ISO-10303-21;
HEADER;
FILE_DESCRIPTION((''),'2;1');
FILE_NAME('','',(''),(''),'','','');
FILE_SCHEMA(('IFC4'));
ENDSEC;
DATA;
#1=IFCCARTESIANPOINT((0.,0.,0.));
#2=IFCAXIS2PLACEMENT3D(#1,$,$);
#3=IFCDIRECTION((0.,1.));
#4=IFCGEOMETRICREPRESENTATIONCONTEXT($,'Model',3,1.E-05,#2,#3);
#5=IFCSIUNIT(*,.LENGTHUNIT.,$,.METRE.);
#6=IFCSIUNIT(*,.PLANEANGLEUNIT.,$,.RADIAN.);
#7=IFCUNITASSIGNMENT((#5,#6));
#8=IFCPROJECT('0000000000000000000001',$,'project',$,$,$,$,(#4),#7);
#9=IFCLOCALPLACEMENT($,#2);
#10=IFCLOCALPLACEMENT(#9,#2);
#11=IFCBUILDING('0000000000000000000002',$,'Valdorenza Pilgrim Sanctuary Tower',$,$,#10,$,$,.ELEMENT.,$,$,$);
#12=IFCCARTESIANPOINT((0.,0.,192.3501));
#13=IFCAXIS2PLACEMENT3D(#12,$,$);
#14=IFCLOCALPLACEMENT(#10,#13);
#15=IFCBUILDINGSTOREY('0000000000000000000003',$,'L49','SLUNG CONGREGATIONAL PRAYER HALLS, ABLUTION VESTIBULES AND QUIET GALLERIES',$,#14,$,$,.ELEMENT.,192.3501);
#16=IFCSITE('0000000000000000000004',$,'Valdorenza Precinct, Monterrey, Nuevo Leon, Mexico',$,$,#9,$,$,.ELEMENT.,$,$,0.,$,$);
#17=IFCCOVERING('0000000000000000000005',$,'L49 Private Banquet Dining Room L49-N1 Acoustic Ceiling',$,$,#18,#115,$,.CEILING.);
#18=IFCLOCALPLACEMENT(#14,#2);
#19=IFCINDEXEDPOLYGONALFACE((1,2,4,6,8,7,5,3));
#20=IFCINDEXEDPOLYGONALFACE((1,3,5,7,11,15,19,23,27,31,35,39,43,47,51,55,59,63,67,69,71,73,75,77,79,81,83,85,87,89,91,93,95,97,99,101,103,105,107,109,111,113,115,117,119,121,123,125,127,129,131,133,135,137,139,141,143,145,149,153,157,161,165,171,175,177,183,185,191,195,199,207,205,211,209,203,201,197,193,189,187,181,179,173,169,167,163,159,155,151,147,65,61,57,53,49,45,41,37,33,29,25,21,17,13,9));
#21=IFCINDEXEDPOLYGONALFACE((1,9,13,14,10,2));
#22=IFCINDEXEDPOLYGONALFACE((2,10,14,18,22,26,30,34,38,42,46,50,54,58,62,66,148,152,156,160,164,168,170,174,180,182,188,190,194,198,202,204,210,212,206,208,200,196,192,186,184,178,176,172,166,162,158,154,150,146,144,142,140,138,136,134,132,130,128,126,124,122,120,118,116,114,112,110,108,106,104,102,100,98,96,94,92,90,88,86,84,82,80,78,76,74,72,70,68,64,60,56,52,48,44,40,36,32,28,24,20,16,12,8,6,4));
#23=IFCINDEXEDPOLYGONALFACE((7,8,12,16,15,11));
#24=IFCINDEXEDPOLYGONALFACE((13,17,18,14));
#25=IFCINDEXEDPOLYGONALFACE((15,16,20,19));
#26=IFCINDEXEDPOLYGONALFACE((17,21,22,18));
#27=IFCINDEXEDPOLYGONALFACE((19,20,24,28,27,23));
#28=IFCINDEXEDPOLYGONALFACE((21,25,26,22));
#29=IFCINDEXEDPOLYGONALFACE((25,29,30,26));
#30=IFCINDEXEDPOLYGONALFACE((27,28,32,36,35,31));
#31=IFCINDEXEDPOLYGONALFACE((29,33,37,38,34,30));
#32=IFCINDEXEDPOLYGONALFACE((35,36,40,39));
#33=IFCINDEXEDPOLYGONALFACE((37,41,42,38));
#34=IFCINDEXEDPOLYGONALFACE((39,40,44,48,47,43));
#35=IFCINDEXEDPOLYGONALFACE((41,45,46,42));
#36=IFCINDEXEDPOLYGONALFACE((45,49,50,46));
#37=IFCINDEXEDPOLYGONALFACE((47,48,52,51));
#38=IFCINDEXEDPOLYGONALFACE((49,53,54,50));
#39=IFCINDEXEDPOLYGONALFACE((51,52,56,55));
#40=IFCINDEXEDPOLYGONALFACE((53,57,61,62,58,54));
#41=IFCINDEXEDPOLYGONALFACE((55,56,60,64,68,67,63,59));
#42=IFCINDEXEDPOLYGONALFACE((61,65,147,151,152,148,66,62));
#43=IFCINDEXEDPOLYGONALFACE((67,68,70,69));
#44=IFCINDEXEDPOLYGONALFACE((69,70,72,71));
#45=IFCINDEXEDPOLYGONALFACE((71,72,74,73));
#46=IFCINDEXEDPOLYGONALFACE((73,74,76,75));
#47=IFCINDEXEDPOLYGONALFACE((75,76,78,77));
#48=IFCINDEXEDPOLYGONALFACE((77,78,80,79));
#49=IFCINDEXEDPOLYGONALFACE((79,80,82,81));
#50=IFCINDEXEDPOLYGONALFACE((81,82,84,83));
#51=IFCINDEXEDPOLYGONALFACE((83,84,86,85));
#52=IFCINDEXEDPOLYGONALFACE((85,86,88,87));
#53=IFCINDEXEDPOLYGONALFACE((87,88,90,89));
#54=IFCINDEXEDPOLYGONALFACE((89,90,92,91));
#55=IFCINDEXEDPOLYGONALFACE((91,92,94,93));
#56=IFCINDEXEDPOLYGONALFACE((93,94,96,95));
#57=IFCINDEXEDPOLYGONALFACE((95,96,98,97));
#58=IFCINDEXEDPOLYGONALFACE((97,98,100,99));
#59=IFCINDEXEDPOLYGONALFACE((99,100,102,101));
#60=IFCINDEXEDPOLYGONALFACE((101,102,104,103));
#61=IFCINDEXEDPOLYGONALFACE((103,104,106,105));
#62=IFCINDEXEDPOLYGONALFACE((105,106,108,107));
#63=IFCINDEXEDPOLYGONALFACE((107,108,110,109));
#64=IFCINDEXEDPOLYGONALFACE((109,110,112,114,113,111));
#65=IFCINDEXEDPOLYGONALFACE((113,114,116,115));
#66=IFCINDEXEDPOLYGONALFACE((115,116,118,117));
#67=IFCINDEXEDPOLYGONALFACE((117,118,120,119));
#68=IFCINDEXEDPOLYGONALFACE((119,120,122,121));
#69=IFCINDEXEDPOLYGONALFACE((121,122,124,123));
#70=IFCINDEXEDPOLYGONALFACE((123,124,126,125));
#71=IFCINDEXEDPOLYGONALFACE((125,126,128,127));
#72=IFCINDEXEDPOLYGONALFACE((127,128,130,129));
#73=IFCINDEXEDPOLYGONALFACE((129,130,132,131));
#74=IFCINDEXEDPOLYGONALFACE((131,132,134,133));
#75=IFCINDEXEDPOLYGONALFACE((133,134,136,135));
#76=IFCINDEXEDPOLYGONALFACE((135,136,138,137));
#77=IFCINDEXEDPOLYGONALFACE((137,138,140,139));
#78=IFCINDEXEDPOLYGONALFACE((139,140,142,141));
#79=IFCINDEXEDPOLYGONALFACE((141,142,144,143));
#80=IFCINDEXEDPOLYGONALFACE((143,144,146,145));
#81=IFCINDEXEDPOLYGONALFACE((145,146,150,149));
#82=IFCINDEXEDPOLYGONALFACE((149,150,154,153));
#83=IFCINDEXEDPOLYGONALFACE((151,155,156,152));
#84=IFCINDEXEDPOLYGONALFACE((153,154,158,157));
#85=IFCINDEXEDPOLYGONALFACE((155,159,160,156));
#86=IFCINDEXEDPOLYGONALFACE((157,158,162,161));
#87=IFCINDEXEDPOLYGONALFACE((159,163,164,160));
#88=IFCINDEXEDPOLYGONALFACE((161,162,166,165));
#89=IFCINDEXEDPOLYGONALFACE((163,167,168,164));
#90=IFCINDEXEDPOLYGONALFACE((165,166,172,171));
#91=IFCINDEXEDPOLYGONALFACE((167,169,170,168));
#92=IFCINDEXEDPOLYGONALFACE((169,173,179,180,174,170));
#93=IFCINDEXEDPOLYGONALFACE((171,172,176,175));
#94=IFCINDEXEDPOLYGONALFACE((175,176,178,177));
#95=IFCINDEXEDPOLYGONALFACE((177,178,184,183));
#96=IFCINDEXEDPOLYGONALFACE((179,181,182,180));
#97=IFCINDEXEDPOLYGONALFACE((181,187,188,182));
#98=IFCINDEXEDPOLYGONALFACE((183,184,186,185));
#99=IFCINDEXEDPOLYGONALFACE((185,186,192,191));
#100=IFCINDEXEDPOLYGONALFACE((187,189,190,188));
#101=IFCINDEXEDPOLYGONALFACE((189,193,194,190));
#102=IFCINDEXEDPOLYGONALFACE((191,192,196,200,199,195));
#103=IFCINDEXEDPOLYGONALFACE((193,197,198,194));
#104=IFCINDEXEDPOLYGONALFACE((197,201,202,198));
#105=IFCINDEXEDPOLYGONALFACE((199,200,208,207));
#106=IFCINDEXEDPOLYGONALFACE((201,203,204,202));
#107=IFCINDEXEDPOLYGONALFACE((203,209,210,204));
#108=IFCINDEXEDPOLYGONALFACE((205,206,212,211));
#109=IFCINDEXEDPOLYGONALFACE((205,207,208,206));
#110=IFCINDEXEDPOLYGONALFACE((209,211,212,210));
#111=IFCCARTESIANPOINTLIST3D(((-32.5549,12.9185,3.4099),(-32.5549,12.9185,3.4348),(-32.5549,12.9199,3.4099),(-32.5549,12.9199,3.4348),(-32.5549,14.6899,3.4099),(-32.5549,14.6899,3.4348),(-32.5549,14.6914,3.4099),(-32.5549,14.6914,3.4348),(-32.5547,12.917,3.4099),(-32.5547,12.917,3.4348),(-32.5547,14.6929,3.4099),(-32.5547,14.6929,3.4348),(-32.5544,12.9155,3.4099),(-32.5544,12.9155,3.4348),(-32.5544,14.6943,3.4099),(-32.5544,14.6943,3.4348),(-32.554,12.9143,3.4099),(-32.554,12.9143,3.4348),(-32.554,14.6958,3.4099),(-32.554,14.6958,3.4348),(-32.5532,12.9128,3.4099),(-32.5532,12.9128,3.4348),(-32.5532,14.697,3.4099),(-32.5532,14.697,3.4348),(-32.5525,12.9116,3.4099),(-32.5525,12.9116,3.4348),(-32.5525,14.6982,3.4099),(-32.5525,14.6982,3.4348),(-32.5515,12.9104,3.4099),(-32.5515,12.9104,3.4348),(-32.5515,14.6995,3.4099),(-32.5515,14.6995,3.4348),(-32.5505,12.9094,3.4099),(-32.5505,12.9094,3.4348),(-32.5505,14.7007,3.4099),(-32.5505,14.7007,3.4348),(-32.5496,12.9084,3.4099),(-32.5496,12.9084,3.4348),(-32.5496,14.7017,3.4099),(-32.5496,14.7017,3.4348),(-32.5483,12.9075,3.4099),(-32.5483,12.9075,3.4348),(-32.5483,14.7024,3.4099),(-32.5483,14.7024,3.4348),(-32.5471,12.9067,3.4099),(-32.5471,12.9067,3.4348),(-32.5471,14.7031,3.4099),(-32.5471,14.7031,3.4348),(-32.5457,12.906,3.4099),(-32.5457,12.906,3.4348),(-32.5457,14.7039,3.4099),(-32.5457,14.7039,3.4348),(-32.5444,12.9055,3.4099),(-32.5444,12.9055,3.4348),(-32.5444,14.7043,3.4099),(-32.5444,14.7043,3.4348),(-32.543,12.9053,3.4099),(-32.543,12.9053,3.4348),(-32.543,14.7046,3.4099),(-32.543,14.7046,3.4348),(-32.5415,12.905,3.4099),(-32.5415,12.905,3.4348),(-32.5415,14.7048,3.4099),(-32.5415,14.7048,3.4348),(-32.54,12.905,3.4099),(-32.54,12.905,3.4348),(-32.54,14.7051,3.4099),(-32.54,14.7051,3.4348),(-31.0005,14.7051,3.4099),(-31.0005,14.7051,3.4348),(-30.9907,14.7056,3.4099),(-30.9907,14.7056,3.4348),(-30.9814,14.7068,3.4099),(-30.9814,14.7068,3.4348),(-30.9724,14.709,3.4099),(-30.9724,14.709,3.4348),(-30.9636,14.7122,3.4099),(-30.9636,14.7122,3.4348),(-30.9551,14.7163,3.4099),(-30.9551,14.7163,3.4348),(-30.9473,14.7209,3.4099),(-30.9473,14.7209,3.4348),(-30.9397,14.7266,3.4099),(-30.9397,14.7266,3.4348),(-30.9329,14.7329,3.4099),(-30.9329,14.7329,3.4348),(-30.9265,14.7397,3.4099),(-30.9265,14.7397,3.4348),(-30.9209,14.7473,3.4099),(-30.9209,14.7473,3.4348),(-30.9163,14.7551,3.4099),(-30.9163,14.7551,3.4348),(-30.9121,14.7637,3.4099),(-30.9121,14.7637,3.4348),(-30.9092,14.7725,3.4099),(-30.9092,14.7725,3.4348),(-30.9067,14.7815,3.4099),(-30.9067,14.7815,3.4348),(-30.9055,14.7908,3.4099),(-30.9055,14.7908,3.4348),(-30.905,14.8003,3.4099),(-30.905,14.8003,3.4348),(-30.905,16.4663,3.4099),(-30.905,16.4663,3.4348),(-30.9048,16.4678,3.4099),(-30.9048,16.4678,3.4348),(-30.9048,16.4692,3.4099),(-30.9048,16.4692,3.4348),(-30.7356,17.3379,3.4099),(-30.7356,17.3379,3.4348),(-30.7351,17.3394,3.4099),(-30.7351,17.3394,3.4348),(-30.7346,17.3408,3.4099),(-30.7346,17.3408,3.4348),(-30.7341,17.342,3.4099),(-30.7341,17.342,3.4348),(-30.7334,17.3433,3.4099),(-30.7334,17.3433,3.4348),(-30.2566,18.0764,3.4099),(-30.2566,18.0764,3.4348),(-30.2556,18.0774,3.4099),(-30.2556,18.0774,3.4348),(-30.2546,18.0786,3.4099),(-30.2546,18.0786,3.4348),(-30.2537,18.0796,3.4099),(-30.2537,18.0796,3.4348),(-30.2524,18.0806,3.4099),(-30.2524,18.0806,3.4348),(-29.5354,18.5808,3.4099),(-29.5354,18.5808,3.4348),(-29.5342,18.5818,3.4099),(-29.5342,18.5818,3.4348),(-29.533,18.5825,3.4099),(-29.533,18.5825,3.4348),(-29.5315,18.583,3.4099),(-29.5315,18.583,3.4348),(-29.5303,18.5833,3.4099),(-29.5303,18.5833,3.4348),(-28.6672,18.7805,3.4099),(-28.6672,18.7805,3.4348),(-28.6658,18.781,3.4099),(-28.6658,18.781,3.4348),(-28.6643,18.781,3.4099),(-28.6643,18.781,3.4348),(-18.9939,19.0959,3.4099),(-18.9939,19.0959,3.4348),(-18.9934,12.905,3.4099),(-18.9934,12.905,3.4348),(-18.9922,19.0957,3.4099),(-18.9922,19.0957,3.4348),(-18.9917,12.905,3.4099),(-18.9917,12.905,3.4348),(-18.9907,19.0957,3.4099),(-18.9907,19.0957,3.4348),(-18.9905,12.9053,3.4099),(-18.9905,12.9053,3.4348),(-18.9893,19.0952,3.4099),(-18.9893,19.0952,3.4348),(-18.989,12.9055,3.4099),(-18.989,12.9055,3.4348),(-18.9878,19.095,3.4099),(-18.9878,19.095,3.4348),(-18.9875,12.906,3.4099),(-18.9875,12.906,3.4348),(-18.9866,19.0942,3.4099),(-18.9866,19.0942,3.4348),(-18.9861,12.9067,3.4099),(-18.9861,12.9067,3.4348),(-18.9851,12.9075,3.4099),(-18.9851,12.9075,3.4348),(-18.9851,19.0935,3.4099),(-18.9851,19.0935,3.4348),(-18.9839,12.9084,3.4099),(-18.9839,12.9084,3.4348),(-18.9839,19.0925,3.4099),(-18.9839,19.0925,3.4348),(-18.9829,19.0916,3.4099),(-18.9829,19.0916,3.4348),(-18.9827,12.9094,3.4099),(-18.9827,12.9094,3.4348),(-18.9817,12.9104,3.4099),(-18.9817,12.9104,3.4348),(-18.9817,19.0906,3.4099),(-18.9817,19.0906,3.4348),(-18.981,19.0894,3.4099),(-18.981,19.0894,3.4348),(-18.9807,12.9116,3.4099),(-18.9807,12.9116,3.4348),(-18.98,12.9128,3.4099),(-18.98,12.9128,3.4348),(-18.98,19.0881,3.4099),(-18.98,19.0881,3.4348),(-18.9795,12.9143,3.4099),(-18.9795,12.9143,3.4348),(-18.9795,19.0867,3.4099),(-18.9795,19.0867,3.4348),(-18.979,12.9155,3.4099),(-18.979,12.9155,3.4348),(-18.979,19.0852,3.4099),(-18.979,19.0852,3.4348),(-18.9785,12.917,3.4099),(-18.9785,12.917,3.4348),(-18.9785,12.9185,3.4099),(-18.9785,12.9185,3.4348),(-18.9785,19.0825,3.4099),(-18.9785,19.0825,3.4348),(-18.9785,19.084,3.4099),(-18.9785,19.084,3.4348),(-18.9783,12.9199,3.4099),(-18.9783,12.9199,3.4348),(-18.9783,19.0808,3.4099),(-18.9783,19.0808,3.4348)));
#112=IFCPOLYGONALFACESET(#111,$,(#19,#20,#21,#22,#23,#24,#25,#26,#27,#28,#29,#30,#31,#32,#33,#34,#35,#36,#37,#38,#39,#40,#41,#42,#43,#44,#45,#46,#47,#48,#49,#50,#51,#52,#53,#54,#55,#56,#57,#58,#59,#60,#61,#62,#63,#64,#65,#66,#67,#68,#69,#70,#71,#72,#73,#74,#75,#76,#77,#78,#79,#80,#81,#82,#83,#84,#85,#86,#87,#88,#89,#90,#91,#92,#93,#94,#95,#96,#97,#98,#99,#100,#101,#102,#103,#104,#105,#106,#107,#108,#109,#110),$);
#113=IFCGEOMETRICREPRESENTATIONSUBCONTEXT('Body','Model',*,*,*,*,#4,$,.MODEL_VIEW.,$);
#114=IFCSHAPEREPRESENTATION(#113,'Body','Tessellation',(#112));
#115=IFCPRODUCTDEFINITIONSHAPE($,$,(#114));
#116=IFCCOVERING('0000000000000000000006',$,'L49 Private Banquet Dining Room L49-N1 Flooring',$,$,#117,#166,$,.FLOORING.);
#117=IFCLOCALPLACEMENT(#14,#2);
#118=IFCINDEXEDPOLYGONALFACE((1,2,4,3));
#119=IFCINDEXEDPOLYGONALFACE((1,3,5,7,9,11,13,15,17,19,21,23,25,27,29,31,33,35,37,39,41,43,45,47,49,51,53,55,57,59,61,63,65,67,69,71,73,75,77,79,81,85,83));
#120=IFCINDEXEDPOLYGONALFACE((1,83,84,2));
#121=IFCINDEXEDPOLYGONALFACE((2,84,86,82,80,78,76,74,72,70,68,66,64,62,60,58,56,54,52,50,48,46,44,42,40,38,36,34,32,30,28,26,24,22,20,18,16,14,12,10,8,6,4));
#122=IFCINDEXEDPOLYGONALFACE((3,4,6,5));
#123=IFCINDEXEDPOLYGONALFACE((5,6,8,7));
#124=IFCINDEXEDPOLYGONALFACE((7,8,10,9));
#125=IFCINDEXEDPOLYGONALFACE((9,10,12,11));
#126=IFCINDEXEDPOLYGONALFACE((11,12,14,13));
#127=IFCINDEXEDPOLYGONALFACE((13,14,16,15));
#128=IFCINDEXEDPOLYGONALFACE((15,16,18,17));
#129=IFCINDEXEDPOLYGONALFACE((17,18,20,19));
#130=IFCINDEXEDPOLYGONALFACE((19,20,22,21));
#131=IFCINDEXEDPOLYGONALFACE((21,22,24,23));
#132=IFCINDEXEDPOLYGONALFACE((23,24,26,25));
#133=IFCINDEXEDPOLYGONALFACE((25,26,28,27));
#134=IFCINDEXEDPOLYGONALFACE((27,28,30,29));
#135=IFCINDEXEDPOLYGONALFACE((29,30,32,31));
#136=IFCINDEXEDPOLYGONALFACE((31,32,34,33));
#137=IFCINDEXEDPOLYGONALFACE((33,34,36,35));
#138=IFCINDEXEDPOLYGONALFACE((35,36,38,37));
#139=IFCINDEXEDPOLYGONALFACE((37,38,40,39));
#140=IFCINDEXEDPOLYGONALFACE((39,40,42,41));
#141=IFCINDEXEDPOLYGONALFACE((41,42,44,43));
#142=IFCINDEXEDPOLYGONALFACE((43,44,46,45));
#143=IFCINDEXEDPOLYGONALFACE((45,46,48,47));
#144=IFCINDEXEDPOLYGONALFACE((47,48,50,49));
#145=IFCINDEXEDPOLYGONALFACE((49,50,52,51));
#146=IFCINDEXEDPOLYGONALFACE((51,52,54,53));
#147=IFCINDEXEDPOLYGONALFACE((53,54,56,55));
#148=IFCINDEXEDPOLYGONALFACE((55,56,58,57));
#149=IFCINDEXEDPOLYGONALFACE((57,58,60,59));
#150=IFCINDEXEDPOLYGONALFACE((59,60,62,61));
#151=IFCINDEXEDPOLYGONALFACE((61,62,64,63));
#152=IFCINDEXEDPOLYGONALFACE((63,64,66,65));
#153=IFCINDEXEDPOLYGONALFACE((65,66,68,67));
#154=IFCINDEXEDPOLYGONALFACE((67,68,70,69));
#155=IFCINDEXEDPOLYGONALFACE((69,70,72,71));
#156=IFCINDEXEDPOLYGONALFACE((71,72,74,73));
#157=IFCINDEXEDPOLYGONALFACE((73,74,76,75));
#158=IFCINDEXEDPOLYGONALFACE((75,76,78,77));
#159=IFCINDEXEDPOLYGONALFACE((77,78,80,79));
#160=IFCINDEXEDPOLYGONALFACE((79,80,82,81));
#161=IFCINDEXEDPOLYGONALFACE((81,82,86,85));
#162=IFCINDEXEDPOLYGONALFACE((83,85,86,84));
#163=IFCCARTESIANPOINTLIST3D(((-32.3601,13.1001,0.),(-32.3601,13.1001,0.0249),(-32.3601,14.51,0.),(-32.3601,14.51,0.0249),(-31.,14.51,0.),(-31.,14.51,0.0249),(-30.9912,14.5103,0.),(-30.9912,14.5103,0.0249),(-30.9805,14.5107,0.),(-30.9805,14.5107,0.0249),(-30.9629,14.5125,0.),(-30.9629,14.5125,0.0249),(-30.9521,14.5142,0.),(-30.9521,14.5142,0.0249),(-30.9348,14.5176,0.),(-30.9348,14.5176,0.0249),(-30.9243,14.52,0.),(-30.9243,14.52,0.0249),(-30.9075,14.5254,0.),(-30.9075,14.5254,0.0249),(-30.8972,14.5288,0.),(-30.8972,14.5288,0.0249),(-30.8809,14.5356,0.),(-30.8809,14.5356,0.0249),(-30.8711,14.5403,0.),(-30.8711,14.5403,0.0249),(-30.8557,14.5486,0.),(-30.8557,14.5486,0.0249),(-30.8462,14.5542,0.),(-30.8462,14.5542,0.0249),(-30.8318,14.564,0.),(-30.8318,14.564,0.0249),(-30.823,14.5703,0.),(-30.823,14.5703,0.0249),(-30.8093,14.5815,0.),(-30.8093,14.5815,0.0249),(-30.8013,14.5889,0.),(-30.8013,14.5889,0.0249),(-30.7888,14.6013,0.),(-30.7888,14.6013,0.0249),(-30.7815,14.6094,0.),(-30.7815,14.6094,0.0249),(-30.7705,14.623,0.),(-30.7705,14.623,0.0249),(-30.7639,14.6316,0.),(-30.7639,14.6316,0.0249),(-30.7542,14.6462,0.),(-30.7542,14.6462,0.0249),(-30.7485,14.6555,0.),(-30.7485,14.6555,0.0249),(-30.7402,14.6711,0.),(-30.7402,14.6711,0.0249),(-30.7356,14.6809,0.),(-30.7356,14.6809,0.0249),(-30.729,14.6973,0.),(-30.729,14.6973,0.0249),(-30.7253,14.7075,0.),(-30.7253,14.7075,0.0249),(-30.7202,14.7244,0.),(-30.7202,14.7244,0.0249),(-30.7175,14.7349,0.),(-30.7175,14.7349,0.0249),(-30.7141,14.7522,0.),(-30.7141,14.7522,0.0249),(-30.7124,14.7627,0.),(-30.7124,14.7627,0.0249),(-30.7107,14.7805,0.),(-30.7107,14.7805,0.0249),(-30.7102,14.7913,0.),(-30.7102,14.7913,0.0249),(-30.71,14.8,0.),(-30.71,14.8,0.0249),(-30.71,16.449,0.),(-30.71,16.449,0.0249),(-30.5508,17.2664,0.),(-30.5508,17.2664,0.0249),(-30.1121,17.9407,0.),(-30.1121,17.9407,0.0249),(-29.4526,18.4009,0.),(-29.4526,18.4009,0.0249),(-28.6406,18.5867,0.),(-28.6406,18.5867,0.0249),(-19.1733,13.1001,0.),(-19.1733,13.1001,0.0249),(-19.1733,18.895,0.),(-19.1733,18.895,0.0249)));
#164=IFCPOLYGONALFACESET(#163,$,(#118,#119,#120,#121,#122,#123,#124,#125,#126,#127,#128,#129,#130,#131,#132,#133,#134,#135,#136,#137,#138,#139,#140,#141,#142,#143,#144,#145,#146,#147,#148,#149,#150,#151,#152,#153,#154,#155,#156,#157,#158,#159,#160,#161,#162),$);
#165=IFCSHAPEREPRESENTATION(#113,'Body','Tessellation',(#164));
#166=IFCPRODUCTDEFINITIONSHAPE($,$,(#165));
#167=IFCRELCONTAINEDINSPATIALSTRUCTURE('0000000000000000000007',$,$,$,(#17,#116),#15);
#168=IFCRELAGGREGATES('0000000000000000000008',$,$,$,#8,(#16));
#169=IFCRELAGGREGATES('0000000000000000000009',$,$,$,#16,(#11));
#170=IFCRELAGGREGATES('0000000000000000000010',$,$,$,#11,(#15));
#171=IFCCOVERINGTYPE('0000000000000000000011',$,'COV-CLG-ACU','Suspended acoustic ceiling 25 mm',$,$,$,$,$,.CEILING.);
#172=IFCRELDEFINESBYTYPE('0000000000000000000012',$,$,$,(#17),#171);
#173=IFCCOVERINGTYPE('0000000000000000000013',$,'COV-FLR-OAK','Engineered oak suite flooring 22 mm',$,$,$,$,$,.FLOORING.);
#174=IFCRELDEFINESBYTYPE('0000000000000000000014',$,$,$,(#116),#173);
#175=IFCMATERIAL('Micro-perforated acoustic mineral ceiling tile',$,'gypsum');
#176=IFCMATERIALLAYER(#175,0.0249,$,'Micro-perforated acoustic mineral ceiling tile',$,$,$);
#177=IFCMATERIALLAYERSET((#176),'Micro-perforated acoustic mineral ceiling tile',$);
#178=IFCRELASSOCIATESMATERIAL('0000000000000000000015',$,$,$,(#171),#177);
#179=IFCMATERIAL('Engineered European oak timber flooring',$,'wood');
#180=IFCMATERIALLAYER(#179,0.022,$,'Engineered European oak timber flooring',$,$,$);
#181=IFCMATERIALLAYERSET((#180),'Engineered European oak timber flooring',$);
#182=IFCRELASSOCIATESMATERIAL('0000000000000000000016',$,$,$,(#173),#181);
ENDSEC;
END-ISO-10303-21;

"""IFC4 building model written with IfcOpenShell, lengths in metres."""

from ifc_helpers import new_model, si_unit, direction, frame, origin, place, context, subcontext, project, spatial, polyline, outline, extrude, material, layer, layer_set, type_object, element, save


model = new_model("IFC4")

# Units and contexts
model_context = context("Model", 3, precision=1e-05, world=origin(), true_north=direction((0.0, 1.0)))
body_context = subcontext(model_context, "Body", "Model", "MODEL_VIEW")
ifc_project = project(units=[si_unit("LENGTHUNIT", "METRE"), si_unit("PLANEANGLEUNIT", "RADIAN")], contexts=[model_context])

# Site, building, storey
site_placement = place(None, origin())
site = spatial("IfcSite", under=ifc_project, at=site_placement, Name="Valdorenza Precinct, Monterrey, Nuevo Leon, Mexico", CompositionType="ELEMENT", RefElevation=0.0)
building_placement = place(site_placement, origin())
building = spatial("IfcBuilding", under=site, at=building_placement, Name="Valdorenza Pilgrim Sanctuary Tower", CompositionType="ELEMENT")
storey_placement = place(building_placement, frame((0.0, 0.0, 192.3501)))
storey = spatial("IfcBuildingStorey", under=building, at=storey_placement, Name="L49", Description="SLUNG CONGREGATIONAL PRAYER HALLS, ABLUTION VESTIBULES AND QUIET GALLERIES", CompositionType="ELEMENT", Elevation=192.3501)

# Coverings
ifc_material_1 = material(Name="Micro-perforated acoustic mineral ceiling tile", Category="gypsum")
ifc_layer_1 = layer(ifc_material_1, 0.0249, Name="Micro-perforated acoustic mineral ceiling tile")
ifc_layer_set_1 = layer_set([ifc_layer_1], Name="Micro-perforated acoustic mineral ceiling tile")
covering_type_1 = type_object("IfcCoveringType", Name="COV-CLG-ACU", Description="Suspended acoustic ceiling 25 mm", PredefinedType="CEILING", material=ifc_layer_set_1)
covering_1_placement = place(storey_placement, frame((0.0, 0.0, 3.4099)))
element("IfcCovering", 1, at=covering_1_placement, inside=storey, type_object=covering_type_1, Name="L49 Private Banquet Dining Room L49-N1 Acoustic Ceiling", PredefinedType="CEILING", context=body_context, shape_type="SweptSolid", body=[
    extrude(outline(polyline([(-32.54, 12.905), (-32.5415, 12.905), (-32.543, 12.9053), (-32.5444, 12.9055), (-32.5457, 12.906), (-32.5471, 12.9067), (-32.5483, 12.9075), (-32.5496, 12.9084), (-32.5505, 12.9094), (-32.5515, 12.9104), (-32.5525, 12.9116), (-32.5532, 12.9128), (-32.554, 12.9143), (-32.5544, 12.9155), (-32.5547, 12.917), (-32.5549, 12.9185), (-32.5549, 12.9199), (-32.5549, 14.6899), (-32.5549, 14.6914), (-32.5547, 14.6929), (-32.5544, 14.6943), (-32.554, 14.6958), (-32.5532, 14.697), (-32.5525, 14.6982), (-32.5515, 14.6995), (-32.5505, 14.7007), (-32.5496, 14.7017), (-32.5483, 14.7024), (-32.5471, 14.7031), (-32.5457, 14.7039), (-32.5444, 14.7043), (-32.543, 14.7046), (-32.5415, 14.7048), (-32.54, 14.7051), (-31.0005, 14.7051), (-30.9907, 14.7056), (-30.9814, 14.7068), (-30.9724, 14.709), (-30.9636, 14.7122), (-30.9551, 14.7163), (-30.9473, 14.7209), (-30.9397, 14.7266), (-30.9329, 14.7329), (-30.9265, 14.7397), (-30.9209, 14.7473), (-30.9163, 14.7551), (-30.9121, 14.7637), (-30.9092, 14.7725), (-30.9067, 14.7815), (-30.9055, 14.7908), (-30.905, 14.8003), (-30.905, 16.4663), (-30.9048, 16.4678), (-30.9048, 16.4692), (-30.7356, 17.3379), (-30.7351, 17.3394), (-30.7346, 17.3408), (-30.7341, 17.342), (-30.7334, 17.3433), (-30.2566, 18.0764), (-30.2556, 18.0774), (-30.2546, 18.0786), (-30.2537, 18.0796), (-30.2524, 18.0806), (-29.5354, 18.5808), (-29.5342, 18.5818), (-29.533, 18.5825), (-29.5315, 18.583), (-29.5303, 18.5833), (-28.6672, 18.7805), (-28.6658, 18.781), (-28.6643, 18.781), (-18.9939, 19.0959), (-18.9922, 19.0957), (-18.9907, 19.0957), (-18.9893, 19.0952), (-18.9878, 19.095), (-18.9866, 19.0942), (-18.9851, 19.0935), (-18.9839, 19.0925), (-18.9829, 19.0916), (-18.9817, 19.0906), (-18.981, 19.0894), (-18.98, 19.0881), (-18.9795, 19.0867), (-18.979, 19.0852), (-18.9785, 19.084), (-18.9785, 19.0825), (-18.9783, 19.0808), (-18.9783, 12.9199), (-18.9785, 12.9185), (-18.9785, 12.917), (-18.979, 12.9155), (-18.9795, 12.9143), (-18.98, 12.9128), (-18.9807, 12.9116), (-18.9817, 12.9104), (-18.9827, 12.9094), (-18.9839, 12.9084), (-18.9851, 12.9075), (-18.9861, 12.9067), (-18.9875, 12.906), (-18.989, 12.9055), (-18.9905, 12.9053), (-18.9917, 12.905), (-18.9934, 12.905), (-32.54, 12.905)])), origin(), (0.0, 0.0, 1.0), 0.0249),
])
ifc_material_2 = material(Name="Engineered European oak timber flooring", Category="wood")
ifc_layer_2 = layer(ifc_material_2, 0.022, Name="Engineered European oak timber flooring")
ifc_layer_set_2 = layer_set([ifc_layer_2], Name="Engineered European oak timber flooring")
covering_type_2 = type_object("IfcCoveringType", Name="COV-FLR-OAK", Description="Engineered oak suite flooring 22 mm", PredefinedType="FLOORING", material=ifc_layer_set_2)
covering_2_placement = place(storey_placement, origin())
element("IfcCovering", 2, at=covering_2_placement, inside=storey, type_object=covering_type_2, Name="L49 Private Banquet Dining Room L49-N1 Flooring", PredefinedType="FLOORING", context=body_context, shape_type="SweptSolid", body=[
    extrude(outline(polyline([(-32.3601, 13.1001), (-32.3601, 14.51), (-31.0, 14.51), (-30.9912, 14.5103), (-30.9805, 14.5107), (-30.9629, 14.5125), (-30.9521, 14.5142), (-30.9348, 14.5176), (-30.9243, 14.52), (-30.9075, 14.5254), (-30.8972, 14.5288), (-30.8809, 14.5356), (-30.8711, 14.5403), (-30.8557, 14.5486), (-30.8462, 14.5542), (-30.8318, 14.564), (-30.823, 14.5703), (-30.8093, 14.5815), (-30.8013, 14.5889), (-30.7888, 14.6013), (-30.7815, 14.6094), (-30.7705, 14.623), (-30.7639, 14.6316), (-30.7542, 14.6462), (-30.7485, 14.6555), (-30.7402, 14.6711), (-30.7356, 14.6809), (-30.729, 14.6973), (-30.7253, 14.7075), (-30.7202, 14.7244), (-30.7175, 14.7349), (-30.7141, 14.7522), (-30.7124, 14.7627), (-30.7107, 14.7805), (-30.7102, 14.7913), (-30.71, 14.8), (-30.71, 16.449), (-30.5508, 17.2664), (-30.1121, 17.9407), (-29.4526, 18.4009), (-28.6406, 18.5867), (-19.1733, 18.895), (-19.1733, 13.1001), (-32.3601, 13.1001)])), origin(), (0.0, 0.0, 1.0), 0.0249),
])

save(model, "model.ifc")
